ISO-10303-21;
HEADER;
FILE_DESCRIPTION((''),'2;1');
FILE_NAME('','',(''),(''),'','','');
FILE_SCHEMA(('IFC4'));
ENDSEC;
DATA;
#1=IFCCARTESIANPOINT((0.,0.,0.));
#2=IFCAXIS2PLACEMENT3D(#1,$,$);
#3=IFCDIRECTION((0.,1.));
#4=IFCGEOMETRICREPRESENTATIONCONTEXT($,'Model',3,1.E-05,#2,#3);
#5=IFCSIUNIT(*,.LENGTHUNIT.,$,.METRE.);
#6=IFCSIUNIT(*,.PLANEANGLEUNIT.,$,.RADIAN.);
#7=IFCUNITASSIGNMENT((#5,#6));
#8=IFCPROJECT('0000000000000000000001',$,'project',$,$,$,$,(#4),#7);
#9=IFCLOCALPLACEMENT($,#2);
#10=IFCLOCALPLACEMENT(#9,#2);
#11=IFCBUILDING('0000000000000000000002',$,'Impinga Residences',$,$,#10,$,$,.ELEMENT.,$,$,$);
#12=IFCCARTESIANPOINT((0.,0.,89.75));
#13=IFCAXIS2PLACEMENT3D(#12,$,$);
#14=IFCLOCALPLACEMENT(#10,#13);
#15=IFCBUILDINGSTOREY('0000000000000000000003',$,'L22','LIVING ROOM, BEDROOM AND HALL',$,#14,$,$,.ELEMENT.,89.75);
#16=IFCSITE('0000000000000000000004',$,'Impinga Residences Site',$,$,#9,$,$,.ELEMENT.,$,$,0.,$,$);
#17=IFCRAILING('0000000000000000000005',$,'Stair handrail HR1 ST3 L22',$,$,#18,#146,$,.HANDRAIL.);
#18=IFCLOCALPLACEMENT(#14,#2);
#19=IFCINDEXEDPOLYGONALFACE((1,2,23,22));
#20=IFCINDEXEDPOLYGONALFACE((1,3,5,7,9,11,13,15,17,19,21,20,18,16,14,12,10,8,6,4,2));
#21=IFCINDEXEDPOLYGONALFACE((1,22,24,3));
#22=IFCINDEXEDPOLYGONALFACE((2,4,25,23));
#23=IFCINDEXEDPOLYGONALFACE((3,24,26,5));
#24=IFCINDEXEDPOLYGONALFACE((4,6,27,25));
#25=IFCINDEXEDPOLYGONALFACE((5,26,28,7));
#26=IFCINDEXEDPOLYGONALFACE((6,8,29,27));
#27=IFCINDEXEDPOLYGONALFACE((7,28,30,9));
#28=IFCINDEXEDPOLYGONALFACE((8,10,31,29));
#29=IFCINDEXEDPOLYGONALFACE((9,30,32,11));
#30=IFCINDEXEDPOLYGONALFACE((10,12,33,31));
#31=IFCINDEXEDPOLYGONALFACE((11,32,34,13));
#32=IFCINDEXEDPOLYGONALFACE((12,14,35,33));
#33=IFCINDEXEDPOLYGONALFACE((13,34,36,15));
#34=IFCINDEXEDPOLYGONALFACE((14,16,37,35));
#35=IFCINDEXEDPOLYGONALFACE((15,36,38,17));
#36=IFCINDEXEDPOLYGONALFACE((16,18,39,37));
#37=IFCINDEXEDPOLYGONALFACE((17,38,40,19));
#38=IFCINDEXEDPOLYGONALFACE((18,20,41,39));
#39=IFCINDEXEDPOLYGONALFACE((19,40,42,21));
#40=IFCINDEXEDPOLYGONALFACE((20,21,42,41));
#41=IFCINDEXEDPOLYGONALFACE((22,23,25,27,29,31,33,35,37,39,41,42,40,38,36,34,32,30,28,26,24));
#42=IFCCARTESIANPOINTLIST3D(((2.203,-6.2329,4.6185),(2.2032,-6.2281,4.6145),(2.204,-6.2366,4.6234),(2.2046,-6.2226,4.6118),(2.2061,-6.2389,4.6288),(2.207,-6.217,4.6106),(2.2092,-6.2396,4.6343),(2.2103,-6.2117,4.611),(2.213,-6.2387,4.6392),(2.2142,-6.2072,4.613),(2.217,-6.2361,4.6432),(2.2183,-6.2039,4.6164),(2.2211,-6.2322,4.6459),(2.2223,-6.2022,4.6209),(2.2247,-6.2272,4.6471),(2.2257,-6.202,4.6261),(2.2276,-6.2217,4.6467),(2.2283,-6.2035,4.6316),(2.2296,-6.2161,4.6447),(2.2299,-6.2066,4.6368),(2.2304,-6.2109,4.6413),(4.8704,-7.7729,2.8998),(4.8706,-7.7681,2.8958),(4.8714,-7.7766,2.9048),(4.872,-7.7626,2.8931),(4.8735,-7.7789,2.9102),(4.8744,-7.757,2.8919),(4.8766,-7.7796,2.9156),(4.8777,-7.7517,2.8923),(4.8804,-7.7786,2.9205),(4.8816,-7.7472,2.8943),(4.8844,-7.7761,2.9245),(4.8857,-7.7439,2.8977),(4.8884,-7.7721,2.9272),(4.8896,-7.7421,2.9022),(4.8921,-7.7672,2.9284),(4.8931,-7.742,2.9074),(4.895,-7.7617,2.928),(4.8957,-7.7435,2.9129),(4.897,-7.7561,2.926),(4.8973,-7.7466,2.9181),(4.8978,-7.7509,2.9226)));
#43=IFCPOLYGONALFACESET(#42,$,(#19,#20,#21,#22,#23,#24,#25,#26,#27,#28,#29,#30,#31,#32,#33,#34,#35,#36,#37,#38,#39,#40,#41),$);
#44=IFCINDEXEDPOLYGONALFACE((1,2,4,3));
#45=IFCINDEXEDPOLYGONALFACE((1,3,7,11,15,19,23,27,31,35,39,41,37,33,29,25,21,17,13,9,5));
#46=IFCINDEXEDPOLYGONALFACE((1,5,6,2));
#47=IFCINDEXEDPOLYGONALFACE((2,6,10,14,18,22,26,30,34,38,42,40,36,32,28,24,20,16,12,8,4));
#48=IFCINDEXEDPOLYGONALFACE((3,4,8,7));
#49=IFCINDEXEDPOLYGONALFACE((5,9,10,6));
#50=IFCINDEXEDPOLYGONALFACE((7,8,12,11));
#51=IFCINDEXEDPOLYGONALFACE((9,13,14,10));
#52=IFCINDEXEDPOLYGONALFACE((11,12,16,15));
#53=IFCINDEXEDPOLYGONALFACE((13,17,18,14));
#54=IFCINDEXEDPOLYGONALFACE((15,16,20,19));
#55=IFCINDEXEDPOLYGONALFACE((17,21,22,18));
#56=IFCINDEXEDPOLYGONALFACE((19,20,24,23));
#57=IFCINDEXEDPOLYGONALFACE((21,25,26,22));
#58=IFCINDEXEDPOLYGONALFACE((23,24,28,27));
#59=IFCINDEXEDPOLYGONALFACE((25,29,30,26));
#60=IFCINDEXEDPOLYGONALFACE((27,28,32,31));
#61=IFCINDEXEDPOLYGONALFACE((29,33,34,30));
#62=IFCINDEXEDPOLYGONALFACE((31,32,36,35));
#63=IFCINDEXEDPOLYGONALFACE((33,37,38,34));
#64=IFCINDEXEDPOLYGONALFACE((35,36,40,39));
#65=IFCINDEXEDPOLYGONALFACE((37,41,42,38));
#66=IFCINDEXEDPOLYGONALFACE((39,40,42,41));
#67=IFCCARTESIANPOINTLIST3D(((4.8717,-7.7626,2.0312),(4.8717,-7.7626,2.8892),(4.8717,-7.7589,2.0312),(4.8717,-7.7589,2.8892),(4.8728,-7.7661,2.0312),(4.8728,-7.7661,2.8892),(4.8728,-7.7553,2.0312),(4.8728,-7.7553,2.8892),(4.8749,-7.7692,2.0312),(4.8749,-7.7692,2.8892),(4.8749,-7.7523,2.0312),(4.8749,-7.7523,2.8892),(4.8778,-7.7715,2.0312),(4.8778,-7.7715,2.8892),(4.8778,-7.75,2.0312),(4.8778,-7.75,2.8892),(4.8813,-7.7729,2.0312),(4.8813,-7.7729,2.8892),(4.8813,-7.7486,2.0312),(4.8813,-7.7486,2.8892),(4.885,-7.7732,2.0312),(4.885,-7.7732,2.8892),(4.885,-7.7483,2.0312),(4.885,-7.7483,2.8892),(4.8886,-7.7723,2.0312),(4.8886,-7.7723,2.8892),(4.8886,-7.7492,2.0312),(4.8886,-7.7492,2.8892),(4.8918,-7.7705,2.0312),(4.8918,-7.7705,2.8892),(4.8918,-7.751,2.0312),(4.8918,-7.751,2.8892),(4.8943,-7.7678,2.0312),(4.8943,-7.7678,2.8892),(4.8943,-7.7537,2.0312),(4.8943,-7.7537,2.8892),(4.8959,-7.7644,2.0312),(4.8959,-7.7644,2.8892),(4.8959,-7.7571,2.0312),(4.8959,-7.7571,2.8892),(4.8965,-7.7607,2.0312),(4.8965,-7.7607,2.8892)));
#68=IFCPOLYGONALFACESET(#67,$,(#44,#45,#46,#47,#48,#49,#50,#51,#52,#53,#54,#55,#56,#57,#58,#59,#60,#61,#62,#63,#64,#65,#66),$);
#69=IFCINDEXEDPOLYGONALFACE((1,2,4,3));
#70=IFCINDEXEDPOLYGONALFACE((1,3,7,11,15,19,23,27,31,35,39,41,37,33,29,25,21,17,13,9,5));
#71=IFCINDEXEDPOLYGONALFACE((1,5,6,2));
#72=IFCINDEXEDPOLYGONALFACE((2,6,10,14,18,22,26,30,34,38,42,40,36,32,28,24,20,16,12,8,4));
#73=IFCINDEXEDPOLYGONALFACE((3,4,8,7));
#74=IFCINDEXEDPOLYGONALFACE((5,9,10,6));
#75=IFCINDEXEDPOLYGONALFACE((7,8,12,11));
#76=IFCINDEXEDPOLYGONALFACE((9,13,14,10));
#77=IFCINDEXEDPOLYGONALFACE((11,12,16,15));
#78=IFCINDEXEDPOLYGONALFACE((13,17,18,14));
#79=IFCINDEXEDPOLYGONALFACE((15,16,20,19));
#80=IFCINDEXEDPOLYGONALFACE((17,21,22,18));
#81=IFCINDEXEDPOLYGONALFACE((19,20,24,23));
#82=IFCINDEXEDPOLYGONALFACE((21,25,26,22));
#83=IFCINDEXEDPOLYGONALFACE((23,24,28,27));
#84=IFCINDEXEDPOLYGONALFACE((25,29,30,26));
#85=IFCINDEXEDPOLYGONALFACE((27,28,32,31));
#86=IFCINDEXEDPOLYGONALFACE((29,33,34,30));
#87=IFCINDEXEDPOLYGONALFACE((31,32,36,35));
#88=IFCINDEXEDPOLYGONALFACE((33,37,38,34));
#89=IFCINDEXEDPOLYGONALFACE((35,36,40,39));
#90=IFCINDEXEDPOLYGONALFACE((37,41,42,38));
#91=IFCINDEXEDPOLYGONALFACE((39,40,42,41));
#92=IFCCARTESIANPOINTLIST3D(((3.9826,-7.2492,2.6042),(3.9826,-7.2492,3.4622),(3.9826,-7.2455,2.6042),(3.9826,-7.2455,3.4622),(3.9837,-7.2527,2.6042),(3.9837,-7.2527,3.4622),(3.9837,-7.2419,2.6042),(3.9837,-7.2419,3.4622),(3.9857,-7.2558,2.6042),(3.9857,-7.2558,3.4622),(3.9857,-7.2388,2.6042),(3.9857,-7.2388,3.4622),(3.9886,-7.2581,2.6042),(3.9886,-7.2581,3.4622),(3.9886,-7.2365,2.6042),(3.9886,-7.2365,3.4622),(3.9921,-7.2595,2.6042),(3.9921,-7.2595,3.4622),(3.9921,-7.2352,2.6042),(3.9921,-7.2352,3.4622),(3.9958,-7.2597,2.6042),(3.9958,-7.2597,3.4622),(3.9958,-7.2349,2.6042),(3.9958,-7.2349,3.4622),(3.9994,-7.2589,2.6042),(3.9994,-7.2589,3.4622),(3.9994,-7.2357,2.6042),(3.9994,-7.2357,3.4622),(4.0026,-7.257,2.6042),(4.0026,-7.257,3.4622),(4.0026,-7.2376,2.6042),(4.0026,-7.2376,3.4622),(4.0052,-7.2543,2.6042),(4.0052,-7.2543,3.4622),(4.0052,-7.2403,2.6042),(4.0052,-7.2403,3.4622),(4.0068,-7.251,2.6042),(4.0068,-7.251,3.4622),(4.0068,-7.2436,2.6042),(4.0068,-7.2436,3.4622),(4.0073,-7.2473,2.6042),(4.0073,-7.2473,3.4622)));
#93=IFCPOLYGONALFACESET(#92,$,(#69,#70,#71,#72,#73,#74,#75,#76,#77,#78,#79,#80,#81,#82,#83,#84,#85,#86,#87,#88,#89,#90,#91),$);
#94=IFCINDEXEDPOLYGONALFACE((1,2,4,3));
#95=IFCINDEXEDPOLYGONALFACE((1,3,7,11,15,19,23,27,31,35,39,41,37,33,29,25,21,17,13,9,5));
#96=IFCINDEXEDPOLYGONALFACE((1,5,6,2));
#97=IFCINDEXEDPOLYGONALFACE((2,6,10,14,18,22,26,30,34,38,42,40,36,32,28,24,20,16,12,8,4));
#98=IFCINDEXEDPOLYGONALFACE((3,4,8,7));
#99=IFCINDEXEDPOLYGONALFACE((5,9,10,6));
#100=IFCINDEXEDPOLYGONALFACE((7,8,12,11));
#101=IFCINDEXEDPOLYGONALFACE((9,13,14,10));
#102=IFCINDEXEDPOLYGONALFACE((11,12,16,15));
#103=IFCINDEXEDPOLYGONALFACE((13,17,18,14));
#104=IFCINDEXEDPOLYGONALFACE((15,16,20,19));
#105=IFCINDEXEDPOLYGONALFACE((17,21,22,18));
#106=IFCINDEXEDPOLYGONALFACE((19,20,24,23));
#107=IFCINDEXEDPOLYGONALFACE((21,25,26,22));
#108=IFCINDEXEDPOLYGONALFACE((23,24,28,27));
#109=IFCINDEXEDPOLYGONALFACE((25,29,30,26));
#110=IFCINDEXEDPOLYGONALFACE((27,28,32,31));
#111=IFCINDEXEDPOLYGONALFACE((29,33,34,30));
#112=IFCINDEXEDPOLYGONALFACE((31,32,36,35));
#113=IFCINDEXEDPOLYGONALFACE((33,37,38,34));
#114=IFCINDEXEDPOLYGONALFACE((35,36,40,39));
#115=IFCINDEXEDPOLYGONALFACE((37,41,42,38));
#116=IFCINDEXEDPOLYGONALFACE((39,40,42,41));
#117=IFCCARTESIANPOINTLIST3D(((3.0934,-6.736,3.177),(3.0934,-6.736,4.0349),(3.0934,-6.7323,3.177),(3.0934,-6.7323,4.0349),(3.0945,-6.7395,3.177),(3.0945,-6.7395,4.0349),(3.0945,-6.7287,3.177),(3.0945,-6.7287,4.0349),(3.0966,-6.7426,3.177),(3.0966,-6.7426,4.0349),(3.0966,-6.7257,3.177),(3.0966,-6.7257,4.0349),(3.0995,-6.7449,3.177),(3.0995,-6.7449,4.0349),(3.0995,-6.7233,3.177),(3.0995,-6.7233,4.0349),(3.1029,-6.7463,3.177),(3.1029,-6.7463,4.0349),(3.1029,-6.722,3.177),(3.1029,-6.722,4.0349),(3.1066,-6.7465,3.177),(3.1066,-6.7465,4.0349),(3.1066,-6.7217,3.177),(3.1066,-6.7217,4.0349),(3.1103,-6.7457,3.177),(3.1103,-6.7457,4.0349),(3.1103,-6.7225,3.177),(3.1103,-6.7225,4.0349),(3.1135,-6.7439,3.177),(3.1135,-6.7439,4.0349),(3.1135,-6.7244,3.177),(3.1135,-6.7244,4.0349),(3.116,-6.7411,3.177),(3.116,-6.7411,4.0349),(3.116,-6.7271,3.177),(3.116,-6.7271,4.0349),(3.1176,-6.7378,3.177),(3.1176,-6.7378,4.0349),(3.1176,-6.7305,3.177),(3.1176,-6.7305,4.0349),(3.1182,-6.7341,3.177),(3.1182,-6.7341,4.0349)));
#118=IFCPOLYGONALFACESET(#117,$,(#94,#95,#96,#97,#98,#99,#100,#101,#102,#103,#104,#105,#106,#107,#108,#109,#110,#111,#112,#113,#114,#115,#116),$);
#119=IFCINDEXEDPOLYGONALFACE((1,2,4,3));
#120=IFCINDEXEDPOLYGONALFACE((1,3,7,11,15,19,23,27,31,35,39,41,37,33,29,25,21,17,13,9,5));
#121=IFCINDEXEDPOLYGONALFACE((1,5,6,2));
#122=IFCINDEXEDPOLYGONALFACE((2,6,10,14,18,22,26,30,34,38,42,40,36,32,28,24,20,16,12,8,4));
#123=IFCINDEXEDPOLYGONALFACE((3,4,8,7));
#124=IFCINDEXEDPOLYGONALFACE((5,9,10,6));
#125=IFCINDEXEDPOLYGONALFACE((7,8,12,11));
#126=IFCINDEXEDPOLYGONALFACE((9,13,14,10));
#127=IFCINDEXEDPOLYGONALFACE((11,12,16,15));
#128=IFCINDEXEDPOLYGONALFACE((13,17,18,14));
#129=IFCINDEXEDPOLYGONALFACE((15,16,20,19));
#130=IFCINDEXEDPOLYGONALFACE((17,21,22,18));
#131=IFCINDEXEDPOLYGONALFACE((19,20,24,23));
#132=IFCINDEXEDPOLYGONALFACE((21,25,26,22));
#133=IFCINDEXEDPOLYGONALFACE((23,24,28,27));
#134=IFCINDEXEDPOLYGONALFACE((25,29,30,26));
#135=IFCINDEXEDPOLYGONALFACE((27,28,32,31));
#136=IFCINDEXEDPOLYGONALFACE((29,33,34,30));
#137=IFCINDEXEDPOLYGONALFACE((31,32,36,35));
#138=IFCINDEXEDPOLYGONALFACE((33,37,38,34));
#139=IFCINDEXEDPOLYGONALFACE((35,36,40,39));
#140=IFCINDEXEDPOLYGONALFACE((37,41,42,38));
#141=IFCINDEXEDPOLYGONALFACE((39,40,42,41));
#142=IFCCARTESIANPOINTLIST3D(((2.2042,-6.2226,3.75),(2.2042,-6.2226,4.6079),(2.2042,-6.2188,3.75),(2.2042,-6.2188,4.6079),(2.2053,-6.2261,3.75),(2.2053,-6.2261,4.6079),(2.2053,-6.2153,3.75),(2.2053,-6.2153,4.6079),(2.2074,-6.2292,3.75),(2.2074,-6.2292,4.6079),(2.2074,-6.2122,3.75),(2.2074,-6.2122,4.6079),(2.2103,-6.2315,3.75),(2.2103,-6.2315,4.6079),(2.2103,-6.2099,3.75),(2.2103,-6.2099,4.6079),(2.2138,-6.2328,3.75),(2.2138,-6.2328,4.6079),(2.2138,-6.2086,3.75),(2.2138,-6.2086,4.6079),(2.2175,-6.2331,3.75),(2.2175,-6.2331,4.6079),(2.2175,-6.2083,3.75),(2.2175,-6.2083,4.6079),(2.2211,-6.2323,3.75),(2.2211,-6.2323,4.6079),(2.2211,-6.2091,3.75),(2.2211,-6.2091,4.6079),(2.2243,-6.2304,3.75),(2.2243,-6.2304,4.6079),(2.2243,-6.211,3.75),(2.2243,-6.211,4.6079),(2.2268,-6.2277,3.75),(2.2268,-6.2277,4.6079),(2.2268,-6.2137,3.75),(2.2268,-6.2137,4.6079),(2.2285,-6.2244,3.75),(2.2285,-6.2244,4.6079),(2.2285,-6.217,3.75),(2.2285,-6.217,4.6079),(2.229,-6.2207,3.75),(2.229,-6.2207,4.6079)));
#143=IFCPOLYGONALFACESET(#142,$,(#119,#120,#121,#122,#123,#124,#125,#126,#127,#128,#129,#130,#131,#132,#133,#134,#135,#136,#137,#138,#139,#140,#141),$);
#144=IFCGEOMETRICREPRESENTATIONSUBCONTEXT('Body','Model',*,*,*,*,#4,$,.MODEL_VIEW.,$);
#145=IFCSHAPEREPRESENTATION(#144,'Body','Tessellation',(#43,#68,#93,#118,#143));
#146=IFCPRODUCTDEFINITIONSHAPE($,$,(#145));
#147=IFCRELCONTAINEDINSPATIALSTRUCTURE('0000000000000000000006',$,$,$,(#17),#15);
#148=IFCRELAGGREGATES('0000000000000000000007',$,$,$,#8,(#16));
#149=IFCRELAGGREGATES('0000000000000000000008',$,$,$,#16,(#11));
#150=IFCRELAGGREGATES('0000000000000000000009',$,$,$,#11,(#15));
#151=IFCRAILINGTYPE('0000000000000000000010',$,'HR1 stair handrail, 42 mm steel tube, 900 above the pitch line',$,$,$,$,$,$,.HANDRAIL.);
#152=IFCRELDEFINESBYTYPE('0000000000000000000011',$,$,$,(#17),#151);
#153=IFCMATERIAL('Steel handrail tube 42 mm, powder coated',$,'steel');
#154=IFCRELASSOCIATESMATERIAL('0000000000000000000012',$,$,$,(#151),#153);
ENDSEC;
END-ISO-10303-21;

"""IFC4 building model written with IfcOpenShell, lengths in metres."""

from ifc_helpers import new_model, si_unit, direction, frame, origin, origin_2d, place, context, subcontext, project, spatial, circle, extrude, material, type_object, element, save


model = new_model("IFC4")

# Units and contexts
model_context = context("Model", 3, precision=1e-05, world=origin(), true_north=direction((0.0, 1.0)))
body_context = subcontext(model_context, "Body", "Model", "MODEL_VIEW")
ifc_project = project(units=[si_unit("LENGTHUNIT", "METRE"), si_unit("PLANEANGLEUNIT", "RADIAN")], contexts=[model_context])

# Site, building, storey
site_placement = place(None, origin())
site = spatial("IfcSite", under=ifc_project, at=site_placement, Name="Impinga Residences Site", CompositionType="ELEMENT", RefElevation=0.0)
building_placement = place(site_placement, origin())
building = spatial("IfcBuilding", under=site, at=building_placement, Name="Impinga Residences", CompositionType="ELEMENT")
storey_placement = place(building_placement, frame((0.0, 0.0, 89.75)))
storey = spatial("IfcBuildingStorey", under=building, at=storey_placement, Name="L22", Description="LIVING ROOM, BEDROOM AND HALL", CompositionType="ELEMENT", Elevation=89.75)

# Railing
ifc_material_1 = material(Name="Steel handrail tube 42 mm, powder coated", Category="steel")
railing_type_1 = type_object("IfcRailingType", Name="HR1 stair handrail, 42 mm steel tube, 900 above the pitch line", PredefinedType="HANDRAIL", material=ifc_material_1)
railing_1_placement = place(storey_placement, frame((4.884, -7.7607, 2.0312)))
element("IfcRailing", 1, at=railing_1_placement, inside=storey, type_object=railing_type_1, Name="Stair handrail HR1 ST3 L22", PredefinedType="HANDRAIL", context=body_context, shape_type="SweptSolid", body=[
    extrude(circle(Radius=0.021, at=origin_2d()), frame((0.0, 0.0, 0.8789), z_axis=(-0.756256, 0.436616, 0.487282), x_axis=(-0.499992, -0.86603, 0.0)), (0.0, 0.0, 1.0), 3.5271),
    extrude(circle(Radius=0.0125, at=origin_2d()), origin(), (0.0, 0.0, 1.0), 0.8579),
    extrude(circle(Radius=0.0125, at=origin_2d()), frame((-0.8892, 0.5134, 0.573)), (0.0, 0.0, 1.0), 0.8579),
    extrude(circle(Radius=0.0125, at=origin_2d()), frame((-1.7783, 1.0266, 1.1458)), (0.0, 0.0, 1.0), 0.8579),
    extrude(circle(Radius=0.0125, at=origin_2d()), frame((-2.6675, 1.54, 1.7188)), (0.0, 0.0, 1.0), 0.8579),
])

save(model, "model.ifc")
